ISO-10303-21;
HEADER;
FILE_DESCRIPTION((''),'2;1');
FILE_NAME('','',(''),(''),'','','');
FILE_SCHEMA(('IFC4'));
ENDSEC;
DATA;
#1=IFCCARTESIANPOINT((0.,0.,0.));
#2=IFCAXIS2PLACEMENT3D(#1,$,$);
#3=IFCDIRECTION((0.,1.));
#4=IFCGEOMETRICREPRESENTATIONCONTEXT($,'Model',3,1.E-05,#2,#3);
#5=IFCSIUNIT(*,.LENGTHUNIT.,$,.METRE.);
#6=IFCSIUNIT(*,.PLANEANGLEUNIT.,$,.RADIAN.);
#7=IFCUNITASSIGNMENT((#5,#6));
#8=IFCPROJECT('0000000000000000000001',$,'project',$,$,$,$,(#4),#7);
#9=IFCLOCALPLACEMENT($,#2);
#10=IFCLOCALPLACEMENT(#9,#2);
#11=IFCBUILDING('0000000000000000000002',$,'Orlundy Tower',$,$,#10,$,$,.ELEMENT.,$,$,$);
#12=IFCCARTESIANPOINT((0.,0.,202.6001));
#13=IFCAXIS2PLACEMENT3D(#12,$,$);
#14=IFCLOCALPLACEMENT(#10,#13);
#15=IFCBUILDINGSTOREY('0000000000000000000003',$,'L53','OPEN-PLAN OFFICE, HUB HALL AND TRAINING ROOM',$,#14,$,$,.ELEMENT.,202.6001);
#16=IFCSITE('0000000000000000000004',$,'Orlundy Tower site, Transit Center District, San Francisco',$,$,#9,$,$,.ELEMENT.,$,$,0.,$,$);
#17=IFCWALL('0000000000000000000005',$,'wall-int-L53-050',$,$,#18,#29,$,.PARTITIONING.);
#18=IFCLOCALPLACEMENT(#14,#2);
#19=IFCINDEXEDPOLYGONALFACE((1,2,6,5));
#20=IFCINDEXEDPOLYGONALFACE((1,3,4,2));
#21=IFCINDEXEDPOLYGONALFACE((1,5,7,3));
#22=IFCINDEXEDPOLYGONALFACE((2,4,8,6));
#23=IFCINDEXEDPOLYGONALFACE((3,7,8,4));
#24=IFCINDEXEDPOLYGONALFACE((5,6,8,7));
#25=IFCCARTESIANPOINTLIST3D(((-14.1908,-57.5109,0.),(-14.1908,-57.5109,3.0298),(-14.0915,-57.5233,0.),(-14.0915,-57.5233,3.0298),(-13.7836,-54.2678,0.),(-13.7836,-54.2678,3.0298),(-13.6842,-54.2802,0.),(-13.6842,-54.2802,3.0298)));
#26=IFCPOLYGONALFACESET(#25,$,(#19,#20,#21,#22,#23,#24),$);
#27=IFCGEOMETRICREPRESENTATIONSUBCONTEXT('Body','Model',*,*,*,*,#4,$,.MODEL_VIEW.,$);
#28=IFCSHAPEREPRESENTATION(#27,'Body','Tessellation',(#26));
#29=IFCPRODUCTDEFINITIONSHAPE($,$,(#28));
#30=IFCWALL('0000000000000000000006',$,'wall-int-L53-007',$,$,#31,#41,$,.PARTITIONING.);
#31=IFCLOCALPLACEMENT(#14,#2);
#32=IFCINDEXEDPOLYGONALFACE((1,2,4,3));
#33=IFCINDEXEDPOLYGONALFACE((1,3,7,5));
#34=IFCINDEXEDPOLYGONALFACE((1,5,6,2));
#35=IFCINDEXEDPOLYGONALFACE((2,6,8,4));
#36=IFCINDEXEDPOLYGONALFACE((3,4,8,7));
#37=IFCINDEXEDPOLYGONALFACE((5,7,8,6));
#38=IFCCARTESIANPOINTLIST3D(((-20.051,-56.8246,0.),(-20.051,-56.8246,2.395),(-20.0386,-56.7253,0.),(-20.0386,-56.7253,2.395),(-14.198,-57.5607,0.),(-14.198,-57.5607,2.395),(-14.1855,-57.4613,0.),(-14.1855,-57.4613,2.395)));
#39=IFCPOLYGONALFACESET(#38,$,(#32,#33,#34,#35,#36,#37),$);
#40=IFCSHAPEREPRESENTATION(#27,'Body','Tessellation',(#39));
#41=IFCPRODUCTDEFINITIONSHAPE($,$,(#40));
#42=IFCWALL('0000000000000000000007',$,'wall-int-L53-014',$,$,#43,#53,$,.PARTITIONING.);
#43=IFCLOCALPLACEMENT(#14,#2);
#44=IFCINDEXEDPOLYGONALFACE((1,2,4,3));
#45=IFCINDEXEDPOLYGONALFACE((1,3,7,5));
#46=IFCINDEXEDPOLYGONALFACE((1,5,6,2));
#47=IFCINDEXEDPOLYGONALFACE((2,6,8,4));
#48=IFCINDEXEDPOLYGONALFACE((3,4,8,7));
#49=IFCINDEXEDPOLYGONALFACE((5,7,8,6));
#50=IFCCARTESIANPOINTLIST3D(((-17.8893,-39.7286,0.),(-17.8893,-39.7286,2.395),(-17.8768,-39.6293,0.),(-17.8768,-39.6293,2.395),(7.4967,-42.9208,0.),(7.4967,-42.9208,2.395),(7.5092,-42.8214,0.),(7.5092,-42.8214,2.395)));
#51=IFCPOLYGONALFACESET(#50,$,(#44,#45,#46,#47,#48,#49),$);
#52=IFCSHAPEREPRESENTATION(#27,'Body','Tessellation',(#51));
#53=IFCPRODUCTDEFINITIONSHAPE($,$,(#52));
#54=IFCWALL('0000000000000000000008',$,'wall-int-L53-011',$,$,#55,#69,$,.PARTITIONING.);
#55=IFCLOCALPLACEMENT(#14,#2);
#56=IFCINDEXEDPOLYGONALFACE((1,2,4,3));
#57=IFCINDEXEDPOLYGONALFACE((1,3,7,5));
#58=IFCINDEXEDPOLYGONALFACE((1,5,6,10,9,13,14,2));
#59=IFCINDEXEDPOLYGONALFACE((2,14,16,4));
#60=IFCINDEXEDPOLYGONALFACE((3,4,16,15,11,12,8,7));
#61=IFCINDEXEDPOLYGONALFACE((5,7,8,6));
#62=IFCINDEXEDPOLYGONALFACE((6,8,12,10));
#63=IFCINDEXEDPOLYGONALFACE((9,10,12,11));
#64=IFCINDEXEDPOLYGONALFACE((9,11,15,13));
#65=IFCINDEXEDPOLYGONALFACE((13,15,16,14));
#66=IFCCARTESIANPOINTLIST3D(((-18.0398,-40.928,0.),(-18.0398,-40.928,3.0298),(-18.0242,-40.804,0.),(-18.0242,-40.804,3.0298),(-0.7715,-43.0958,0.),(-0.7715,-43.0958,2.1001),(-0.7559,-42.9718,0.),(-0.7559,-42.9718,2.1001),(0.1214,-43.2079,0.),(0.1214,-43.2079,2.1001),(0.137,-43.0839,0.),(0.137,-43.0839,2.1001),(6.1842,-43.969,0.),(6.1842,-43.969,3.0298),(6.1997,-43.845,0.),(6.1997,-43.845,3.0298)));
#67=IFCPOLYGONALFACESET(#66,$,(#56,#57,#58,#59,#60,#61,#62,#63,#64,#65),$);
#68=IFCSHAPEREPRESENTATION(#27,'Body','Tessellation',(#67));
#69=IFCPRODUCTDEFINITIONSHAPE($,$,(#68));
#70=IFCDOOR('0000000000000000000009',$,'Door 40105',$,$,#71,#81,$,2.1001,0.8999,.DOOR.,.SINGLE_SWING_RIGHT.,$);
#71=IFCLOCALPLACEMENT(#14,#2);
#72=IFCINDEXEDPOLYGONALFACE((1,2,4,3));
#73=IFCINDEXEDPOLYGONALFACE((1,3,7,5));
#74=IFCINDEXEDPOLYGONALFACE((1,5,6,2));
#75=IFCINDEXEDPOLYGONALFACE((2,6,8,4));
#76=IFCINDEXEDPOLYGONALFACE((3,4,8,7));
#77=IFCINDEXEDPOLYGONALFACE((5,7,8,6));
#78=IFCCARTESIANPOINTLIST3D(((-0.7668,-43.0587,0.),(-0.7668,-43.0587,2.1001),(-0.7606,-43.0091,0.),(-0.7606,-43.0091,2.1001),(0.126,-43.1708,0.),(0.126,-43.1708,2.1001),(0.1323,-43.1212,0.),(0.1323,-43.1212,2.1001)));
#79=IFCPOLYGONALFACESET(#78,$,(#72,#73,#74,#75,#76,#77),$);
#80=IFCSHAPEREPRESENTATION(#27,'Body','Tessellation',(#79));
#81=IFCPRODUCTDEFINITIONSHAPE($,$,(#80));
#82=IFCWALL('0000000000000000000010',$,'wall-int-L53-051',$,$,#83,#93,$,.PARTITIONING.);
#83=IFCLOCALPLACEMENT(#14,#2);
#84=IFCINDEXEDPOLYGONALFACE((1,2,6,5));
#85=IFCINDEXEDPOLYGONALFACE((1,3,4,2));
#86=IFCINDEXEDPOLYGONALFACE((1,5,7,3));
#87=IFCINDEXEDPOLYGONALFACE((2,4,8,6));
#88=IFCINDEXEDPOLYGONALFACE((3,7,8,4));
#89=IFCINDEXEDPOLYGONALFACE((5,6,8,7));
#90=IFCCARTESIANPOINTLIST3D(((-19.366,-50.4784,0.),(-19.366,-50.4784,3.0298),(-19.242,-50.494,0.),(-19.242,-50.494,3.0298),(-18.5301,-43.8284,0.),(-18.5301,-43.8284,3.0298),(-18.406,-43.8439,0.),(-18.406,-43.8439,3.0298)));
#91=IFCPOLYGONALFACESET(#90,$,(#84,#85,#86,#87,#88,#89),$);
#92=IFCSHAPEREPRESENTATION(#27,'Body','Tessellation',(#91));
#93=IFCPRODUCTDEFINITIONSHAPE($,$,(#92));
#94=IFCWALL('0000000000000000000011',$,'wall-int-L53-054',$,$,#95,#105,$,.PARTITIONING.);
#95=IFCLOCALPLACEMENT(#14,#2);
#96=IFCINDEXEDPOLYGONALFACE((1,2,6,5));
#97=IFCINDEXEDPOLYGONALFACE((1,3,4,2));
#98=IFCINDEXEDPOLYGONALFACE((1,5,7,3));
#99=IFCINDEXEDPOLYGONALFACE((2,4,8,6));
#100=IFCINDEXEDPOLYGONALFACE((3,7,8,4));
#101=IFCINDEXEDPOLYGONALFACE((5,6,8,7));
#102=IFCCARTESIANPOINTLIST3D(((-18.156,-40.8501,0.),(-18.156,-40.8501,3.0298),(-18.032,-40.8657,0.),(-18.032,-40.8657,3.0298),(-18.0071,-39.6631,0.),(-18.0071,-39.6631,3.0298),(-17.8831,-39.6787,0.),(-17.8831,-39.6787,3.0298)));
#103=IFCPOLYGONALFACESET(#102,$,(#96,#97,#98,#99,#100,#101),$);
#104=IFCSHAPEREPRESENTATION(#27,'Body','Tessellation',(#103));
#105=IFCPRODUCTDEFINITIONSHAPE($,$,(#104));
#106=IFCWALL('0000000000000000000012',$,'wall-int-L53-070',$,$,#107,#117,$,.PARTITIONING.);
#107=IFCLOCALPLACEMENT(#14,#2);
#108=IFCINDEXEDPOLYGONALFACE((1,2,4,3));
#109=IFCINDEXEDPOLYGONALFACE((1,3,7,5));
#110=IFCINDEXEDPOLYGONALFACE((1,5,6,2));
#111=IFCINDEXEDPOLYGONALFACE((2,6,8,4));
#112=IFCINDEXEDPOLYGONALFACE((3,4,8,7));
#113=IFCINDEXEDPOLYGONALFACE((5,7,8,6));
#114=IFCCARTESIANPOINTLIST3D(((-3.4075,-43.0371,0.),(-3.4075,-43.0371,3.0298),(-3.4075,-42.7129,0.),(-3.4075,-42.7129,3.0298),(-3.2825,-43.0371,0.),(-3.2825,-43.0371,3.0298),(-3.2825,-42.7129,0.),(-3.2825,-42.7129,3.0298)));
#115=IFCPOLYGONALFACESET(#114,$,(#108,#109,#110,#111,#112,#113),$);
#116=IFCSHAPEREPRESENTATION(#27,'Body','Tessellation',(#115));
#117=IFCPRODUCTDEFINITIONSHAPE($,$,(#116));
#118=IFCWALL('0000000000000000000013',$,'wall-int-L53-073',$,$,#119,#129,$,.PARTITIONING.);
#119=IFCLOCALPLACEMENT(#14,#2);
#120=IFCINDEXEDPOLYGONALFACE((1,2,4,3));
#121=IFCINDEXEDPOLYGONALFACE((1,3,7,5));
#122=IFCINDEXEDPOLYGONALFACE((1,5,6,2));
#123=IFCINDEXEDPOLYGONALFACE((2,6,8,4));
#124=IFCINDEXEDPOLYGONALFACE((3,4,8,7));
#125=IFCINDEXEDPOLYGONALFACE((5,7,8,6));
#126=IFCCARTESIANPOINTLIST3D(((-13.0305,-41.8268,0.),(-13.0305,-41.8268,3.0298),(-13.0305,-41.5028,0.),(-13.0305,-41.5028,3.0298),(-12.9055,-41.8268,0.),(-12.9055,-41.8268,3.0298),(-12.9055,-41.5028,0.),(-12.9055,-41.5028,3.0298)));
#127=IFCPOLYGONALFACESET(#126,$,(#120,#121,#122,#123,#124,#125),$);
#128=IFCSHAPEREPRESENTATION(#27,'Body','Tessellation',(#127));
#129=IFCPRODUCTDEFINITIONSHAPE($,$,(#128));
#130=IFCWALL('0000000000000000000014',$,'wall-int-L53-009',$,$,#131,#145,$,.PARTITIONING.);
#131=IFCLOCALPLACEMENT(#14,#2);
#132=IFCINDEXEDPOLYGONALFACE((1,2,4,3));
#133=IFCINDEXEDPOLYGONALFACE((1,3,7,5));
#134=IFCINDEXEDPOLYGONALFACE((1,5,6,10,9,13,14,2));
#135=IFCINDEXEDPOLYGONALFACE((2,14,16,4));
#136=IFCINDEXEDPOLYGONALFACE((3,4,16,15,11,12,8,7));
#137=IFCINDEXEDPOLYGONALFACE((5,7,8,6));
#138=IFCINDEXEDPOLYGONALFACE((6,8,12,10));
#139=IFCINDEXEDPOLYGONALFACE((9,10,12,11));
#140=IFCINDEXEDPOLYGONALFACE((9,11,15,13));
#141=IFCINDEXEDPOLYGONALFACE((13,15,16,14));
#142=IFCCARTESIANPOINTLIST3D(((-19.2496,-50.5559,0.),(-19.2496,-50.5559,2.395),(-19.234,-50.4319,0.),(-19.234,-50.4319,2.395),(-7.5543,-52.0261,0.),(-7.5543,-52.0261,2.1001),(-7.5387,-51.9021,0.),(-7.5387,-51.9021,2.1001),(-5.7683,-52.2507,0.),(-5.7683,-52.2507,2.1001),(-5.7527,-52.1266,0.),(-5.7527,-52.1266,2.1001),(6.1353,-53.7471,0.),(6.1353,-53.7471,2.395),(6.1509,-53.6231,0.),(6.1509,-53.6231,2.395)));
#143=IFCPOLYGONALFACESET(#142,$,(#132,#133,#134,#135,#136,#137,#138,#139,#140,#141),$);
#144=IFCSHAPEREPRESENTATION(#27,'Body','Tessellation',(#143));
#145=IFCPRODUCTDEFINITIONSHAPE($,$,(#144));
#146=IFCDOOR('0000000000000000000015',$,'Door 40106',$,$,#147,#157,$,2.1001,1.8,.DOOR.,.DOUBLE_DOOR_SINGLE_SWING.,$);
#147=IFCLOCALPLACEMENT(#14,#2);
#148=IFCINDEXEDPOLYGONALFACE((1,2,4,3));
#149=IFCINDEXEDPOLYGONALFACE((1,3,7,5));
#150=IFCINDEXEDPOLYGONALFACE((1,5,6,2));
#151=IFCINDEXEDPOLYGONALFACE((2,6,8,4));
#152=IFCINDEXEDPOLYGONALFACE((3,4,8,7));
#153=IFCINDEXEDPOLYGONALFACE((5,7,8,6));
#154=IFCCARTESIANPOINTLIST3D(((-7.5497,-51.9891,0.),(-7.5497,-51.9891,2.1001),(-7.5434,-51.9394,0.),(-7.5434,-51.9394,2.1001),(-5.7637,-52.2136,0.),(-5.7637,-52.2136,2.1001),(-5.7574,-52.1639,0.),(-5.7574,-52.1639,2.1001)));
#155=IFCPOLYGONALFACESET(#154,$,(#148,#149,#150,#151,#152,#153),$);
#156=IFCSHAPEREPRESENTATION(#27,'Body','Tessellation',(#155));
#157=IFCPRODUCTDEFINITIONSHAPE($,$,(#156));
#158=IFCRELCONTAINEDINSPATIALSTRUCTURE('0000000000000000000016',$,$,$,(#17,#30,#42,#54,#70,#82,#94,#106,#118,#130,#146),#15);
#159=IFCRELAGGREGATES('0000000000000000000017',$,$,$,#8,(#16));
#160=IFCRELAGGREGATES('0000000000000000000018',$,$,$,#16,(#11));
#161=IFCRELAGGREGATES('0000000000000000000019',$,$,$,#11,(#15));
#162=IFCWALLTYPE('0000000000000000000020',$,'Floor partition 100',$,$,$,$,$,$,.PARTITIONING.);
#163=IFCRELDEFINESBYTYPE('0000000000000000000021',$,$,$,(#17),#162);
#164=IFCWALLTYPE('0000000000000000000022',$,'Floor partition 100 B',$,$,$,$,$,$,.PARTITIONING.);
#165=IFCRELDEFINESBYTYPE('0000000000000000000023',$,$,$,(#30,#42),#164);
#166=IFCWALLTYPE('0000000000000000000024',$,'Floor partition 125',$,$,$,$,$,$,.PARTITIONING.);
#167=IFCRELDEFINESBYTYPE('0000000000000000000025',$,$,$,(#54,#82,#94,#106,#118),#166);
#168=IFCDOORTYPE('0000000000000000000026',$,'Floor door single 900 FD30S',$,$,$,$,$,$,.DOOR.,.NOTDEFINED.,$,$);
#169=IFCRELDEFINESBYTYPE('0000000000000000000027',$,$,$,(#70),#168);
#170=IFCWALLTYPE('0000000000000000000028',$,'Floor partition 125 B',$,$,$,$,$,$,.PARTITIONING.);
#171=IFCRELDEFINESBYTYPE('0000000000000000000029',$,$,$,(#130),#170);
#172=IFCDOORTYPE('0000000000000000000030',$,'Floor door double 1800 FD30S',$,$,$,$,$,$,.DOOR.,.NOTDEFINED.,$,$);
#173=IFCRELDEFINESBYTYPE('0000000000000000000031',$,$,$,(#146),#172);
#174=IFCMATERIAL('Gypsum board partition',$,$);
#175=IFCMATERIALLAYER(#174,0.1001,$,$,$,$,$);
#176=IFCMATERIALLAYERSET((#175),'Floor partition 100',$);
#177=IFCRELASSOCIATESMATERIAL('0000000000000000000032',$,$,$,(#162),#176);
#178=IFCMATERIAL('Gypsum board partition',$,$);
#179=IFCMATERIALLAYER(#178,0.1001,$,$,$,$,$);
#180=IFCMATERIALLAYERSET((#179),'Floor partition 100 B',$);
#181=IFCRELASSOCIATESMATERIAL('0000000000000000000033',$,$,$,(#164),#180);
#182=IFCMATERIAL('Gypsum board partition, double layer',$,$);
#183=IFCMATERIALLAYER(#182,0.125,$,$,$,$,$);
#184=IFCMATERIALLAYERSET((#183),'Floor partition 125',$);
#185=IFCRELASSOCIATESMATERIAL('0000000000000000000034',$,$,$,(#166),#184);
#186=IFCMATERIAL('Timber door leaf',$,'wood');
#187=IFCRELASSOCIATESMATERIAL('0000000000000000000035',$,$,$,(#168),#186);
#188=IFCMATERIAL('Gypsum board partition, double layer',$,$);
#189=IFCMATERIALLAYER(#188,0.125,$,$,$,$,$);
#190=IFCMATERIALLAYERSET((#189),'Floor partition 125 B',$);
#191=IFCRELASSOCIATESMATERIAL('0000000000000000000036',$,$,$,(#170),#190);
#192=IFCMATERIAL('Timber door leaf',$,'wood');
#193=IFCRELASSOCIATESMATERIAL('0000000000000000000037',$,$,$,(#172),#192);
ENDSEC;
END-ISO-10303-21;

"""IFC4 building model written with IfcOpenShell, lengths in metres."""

from ifc_helpers import new_model, si_unit, direction, frame, frame_2d, origin, place, context, subcontext, project, spatial, rectangle, extrude, material, layer, layer_set, type_object, element, fill, save


model = new_model("IFC4")

# Units and contexts
model_context = context("Model", 3, precision=1e-05, world=origin(), true_north=direction((0.0, 1.0)))
body_context = subcontext(model_context, "Body", "Model", "MODEL_VIEW")
ifc_project = project(units=[si_unit("LENGTHUNIT", "METRE"), si_unit("PLANEANGLEUNIT", "RADIAN")], contexts=[model_context])

# Site, building, storey
site_placement = place(None, origin())
site = spatial("IfcSite", under=ifc_project, at=site_placement, Name="Orlundy Tower site, Transit Center District, San Francisco", CompositionType="ELEMENT", RefElevation=0.0)
building_placement = place(site_placement, origin())
building = spatial("IfcBuilding", under=site, at=building_placement, Name="Orlundy Tower", CompositionType="ELEMENT")
storey_placement = place(building_placement, frame((0.0, 0.0, 202.6001)))
storey = spatial("IfcBuildingStorey", under=building, at=storey_placement, Name="L53", Description="OPEN-PLAN OFFICE, HUB HALL AND TRAINING ROOM", CompositionType="ELEMENT", Elevation=202.6001)

# Walls
ifc_material_1 = material(Name="Gypsum board partition")
ifc_layer_1 = layer(ifc_material_1, 0.1001)
ifc_layer_set_1 = layer_set([ifc_layer_1], Name="Floor partition 100")
wall_type_1 = type_object("IfcWallType", Name="Floor partition 100", PredefinedType="PARTITIONING", material=ifc_layer_set_1)
wall_1_placement = place(storey_placement, frame((-14.1411, -57.5171, 0.0), z_axis=(0.0, 0.0, 1.0), x_axis=(0.124586, 0.992209, 0.0)))
element("IfcWall", 1, at=wall_1_placement, inside=storey, type_object=wall_type_1, Name="wall-int-L53-050", PredefinedType="PARTITIONING", context=body_context, shape_type="SweptSolid", body=[
    extrude(rectangle(XDim=3.2686, YDim=0.1001, at=frame_2d((1.6343, 0.0))), origin(), (0.0, 0.0, 1.0), 3.0298),
])
ifc_material_2 = material(Name="Gypsum board partition")
ifc_layer_2 = layer(ifc_material_2, 0.1001)
ifc_layer_set_2 = layer_set([ifc_layer_2], Name="Floor partition 100 B")
wall_type_2 = type_object("IfcWallType", Name="Floor partition 100 B", PredefinedType="PARTITIONING", material=ifc_layer_set_2)
wall_2_placement = place(storey_placement, frame((-20.0449, -56.7749, 0.0), z_axis=(0.0, 0.0, 1.0), x_axis=(0.992185, -0.124778, 0.0)))
element("IfcWall", 2, at=wall_2_placement, inside=storey, type_object=wall_type_2, Name="wall-int-L53-007", PredefinedType="PARTITIONING", context=body_context, shape_type="SweptSolid", body=[
    extrude(rectangle(XDim=5.8992, YDim=0.1001, at=frame_2d((2.9497, 0.0))), origin(), (0.0, 0.0, 1.0), 2.395),
])
wall_3_placement = place(storey_placement, frame((-17.8831, -39.679, 0.0), z_axis=(0.0, 0.0, 1.0), x_axis=(0.992187, -0.124762, 0.0)))
element("IfcWall", 3, at=wall_3_placement, inside=storey, type_object=wall_type_2, Name="wall-int-L53-014", PredefinedType="PARTITIONING", context=body_context, shape_type="SweptSolid", body=[
    extrude(rectangle(XDim=25.5859, YDim=0.1001, at=frame_2d((12.793, 0.0))), origin(), (0.0, 0.0, 1.0), 2.395),
])

# Wall, opening, door
ifc_material_3 = material(Name="Gypsum board partition, double layer")
ifc_layer_3 = layer(ifc_material_3, 0.125)
ifc_layer_set_3 = layer_set([ifc_layer_3], Name="Floor partition 125")
wall_type_3 = type_object("IfcWallType", Name="Floor partition 125", PredefinedType="PARTITIONING", material=ifc_layer_set_3)
wall_4_placement = place(storey_placement, frame((-18.032, -40.866, 0.0), z_axis=(0.0, 0.0, 1.0), x_axis=(0.992212, -0.12456, 0.0)))
wall_4 = element("IfcWall", 4, at=wall_4_placement, inside=storey, type_object=wall_type_3, Name="wall-int-L53-011", PredefinedType="PARTITIONING", context=body_context, shape_type="SweptSolid", body=[
    extrude(rectangle(XDim=24.4141, YDim=0.125, at=frame_2d((12.207, 0.0))), origin(), (0.0, 0.0, 1.0), 3.0298),
])
opening_1_placement = place(wall_4_placement, frame((17.4038, 0.0, 0.0)))
opening_1 = element("IfcOpeningElement", 5, at=opening_1_placement, cuts=wall_4, PredefinedType="OPENING", context=body_context, shape_type="SweptSolid", body=[
    extrude(rectangle(XDim=0.8999, YDim=2.1001, at=frame_2d((0.45, 1.05))), frame((0.0, 0.0725, 0.0), z_axis=(0.0, -1.0, 0.0), x_axis=(1.0, 0.0, 0.0)), (0.0, 0.0, 1.0), 0.145),
])
ifc_material_4 = material(Name="Timber door leaf", Category="wood")
door_type_1 = type_object("IfcDoorType", Name="Floor door single 900 FD30S", OperationType="NOTDEFINED", PredefinedType="DOOR", material=ifc_material_4)
door_1_placement = place(opening_1_placement, origin())
door_1 = element("IfcDoor", 6, at=door_1_placement, inside=storey, type_object=door_type_1, Name="Door 40105", OperationType="SINGLE_SWING_RIGHT", OverallHeight=2.1001, OverallWidth=0.8999, PredefinedType="DOOR", context=body_context, shape_type="SweptSolid", body=[
    extrude(rectangle(XDim=0.8999, YDim=2.1001, at=frame_2d((0.45, 1.05))), frame((0.0, 0.0249, 0.0), z_axis=(0.0, -1.0, 0.0), x_axis=(1.0, 0.0, 0.0)), (0.0, 0.0, 1.0), 0.05),
])
fill(opening_1, door_1)

# Walls
wall_5_placement = place(storey_placement, frame((-19.304, -50.4861, 0.0), z_axis=(0.0, 0.0, 1.0), x_axis=(0.124721, 0.992192, 0.0)))
element("IfcWall", 7, at=wall_5_placement, inside=storey, type_object=wall_type_3, Name="wall-int-L53-051", PredefinedType="PARTITIONING", context=body_context, shape_type="SweptSolid", body=[
    extrude(rectangle(XDim=6.7024, YDim=0.125, at=frame_2d((3.3511, 0.0))), origin(), (0.0, 0.0, 1.0), 3.0298),
])
wall_6_placement = place(storey_placement, frame((-18.094, -40.8579, 0.0), z_axis=(0.0, 0.0, 1.0), x_axis=(0.124487, 0.992221, 0.0)))
element("IfcWall", 8, at=wall_6_placement, inside=storey, type_object=wall_type_3, Name="wall-int-L53-054", PredefinedType="PARTITIONING", context=body_context, shape_type="SweptSolid", body=[
    extrude(rectangle(XDim=1.1963, YDim=0.125, at=frame_2d((0.5981, 0.0))), origin(), (0.0, 0.0, 1.0), 3.0298),
])
wall_7_placement = place(storey_placement, frame((-3.345, -43.0371, 0.0), z_axis=(0.0, 0.0, 1.0), x_axis=(0.0, 1.0, 0.0)))
element("IfcWall", 9, at=wall_7_placement, inside=storey, type_object=wall_type_3, Name="wall-int-L53-070", PredefinedType="PARTITIONING", context=body_context, shape_type="SweptSolid", body=[
    extrude(rectangle(XDim=0.3242, YDim=0.125, at=frame_2d((0.1621, 0.0))), origin(), (0.0, 0.0, 1.0), 3.0298),
])
wall_8_placement = place(storey_placement, frame((-12.968, -41.8269, 0.0), z_axis=(0.0, 0.0, 1.0), x_axis=(0.0, 1.0, 0.0)))
element("IfcWall", 10, at=wall_8_placement, inside=storey, type_object=wall_type_3, Name="wall-int-L53-073", PredefinedType="PARTITIONING", context=body_context, shape_type="SweptSolid", body=[
    extrude(rectangle(XDim=0.324, YDim=0.125, at=frame_2d((0.1621, 0.0))), origin(), (0.0, 0.0, 1.0), 3.0298),
])

# Wall, opening, door
ifc_material_5 = material(Name="Gypsum board partition, double layer")
ifc_layer_4 = layer(ifc_material_5, 0.125)
ifc_layer_set_4 = layer_set([ifc_layer_4], Name="Floor partition 125 B")
wall_type_4 = type_object("IfcWallType", Name="Floor partition 125 B", PredefinedType="PARTITIONING", material=ifc_layer_set_4)
wall_9_placement = place(storey_placement, frame((-19.2419, -50.4939, 0.0), z_axis=(0.0, 0.0, 1.0), x_axis=(0.992191, -0.124729, 0.0)))
wall_9 = element("IfcWall", 11, at=wall_9_placement, inside=storey, type_object=wall_type_4, Name="wall-int-L53-009", PredefinedType="PARTITIONING", context=body_context, shape_type="SweptSolid", body=[
    extrude(rectangle(XDim=25.5847, YDim=0.125, at=frame_2d((12.7925, 0.0))), origin(), (0.0, 0.0, 1.0), 2.395),
])
opening_2_placement = place(wall_9_placement, frame((11.7876, 0.0, 0.0)))
opening_2 = element("IfcOpeningElement", 12, at=opening_2_placement, cuts=wall_9, PredefinedType="OPENING", context=body_context, shape_type="SweptSolid", body=[
    extrude(rectangle(XDim=1.8, YDim=2.1001, at=frame_2d((0.8999, 1.05))), frame((0.0, 0.0725, 0.0), z_axis=(0.0, -1.0, 0.0), x_axis=(1.0, 0.0, 0.0)), (0.0, 0.0, 1.0), 0.145),
])
ifc_material_6 = material(Name="Timber door leaf", Category="wood")
door_type_2 = type_object("IfcDoorType", Name="Floor door double 1800 FD30S", OperationType="NOTDEFINED", PredefinedType="DOOR", material=ifc_material_6)
door_2_placement = place(opening_2_placement, origin())
door_2 = element("IfcDoor", 13, at=door_2_placement, inside=storey, type_object=door_type_2, Name="Door 40106", OperationType="DOUBLE_DOOR_SINGLE_SWING", OverallHeight=2.1001, OverallWidth=1.8, PredefinedType="DOOR", context=body_context, shape_type="SweptSolid", body=[
    extrude(rectangle(XDim=1.8, YDim=2.1001, at=frame_2d((0.8999, 1.05))), frame((0.0, 0.0249, 0.0), z_axis=(0.0, -1.0, 0.0), x_axis=(1.0, 0.0, 0.0)), (0.0, 0.0, 1.0), 0.05),
])
fill(opening_2, door_2)

save(model, "model.ifc")
